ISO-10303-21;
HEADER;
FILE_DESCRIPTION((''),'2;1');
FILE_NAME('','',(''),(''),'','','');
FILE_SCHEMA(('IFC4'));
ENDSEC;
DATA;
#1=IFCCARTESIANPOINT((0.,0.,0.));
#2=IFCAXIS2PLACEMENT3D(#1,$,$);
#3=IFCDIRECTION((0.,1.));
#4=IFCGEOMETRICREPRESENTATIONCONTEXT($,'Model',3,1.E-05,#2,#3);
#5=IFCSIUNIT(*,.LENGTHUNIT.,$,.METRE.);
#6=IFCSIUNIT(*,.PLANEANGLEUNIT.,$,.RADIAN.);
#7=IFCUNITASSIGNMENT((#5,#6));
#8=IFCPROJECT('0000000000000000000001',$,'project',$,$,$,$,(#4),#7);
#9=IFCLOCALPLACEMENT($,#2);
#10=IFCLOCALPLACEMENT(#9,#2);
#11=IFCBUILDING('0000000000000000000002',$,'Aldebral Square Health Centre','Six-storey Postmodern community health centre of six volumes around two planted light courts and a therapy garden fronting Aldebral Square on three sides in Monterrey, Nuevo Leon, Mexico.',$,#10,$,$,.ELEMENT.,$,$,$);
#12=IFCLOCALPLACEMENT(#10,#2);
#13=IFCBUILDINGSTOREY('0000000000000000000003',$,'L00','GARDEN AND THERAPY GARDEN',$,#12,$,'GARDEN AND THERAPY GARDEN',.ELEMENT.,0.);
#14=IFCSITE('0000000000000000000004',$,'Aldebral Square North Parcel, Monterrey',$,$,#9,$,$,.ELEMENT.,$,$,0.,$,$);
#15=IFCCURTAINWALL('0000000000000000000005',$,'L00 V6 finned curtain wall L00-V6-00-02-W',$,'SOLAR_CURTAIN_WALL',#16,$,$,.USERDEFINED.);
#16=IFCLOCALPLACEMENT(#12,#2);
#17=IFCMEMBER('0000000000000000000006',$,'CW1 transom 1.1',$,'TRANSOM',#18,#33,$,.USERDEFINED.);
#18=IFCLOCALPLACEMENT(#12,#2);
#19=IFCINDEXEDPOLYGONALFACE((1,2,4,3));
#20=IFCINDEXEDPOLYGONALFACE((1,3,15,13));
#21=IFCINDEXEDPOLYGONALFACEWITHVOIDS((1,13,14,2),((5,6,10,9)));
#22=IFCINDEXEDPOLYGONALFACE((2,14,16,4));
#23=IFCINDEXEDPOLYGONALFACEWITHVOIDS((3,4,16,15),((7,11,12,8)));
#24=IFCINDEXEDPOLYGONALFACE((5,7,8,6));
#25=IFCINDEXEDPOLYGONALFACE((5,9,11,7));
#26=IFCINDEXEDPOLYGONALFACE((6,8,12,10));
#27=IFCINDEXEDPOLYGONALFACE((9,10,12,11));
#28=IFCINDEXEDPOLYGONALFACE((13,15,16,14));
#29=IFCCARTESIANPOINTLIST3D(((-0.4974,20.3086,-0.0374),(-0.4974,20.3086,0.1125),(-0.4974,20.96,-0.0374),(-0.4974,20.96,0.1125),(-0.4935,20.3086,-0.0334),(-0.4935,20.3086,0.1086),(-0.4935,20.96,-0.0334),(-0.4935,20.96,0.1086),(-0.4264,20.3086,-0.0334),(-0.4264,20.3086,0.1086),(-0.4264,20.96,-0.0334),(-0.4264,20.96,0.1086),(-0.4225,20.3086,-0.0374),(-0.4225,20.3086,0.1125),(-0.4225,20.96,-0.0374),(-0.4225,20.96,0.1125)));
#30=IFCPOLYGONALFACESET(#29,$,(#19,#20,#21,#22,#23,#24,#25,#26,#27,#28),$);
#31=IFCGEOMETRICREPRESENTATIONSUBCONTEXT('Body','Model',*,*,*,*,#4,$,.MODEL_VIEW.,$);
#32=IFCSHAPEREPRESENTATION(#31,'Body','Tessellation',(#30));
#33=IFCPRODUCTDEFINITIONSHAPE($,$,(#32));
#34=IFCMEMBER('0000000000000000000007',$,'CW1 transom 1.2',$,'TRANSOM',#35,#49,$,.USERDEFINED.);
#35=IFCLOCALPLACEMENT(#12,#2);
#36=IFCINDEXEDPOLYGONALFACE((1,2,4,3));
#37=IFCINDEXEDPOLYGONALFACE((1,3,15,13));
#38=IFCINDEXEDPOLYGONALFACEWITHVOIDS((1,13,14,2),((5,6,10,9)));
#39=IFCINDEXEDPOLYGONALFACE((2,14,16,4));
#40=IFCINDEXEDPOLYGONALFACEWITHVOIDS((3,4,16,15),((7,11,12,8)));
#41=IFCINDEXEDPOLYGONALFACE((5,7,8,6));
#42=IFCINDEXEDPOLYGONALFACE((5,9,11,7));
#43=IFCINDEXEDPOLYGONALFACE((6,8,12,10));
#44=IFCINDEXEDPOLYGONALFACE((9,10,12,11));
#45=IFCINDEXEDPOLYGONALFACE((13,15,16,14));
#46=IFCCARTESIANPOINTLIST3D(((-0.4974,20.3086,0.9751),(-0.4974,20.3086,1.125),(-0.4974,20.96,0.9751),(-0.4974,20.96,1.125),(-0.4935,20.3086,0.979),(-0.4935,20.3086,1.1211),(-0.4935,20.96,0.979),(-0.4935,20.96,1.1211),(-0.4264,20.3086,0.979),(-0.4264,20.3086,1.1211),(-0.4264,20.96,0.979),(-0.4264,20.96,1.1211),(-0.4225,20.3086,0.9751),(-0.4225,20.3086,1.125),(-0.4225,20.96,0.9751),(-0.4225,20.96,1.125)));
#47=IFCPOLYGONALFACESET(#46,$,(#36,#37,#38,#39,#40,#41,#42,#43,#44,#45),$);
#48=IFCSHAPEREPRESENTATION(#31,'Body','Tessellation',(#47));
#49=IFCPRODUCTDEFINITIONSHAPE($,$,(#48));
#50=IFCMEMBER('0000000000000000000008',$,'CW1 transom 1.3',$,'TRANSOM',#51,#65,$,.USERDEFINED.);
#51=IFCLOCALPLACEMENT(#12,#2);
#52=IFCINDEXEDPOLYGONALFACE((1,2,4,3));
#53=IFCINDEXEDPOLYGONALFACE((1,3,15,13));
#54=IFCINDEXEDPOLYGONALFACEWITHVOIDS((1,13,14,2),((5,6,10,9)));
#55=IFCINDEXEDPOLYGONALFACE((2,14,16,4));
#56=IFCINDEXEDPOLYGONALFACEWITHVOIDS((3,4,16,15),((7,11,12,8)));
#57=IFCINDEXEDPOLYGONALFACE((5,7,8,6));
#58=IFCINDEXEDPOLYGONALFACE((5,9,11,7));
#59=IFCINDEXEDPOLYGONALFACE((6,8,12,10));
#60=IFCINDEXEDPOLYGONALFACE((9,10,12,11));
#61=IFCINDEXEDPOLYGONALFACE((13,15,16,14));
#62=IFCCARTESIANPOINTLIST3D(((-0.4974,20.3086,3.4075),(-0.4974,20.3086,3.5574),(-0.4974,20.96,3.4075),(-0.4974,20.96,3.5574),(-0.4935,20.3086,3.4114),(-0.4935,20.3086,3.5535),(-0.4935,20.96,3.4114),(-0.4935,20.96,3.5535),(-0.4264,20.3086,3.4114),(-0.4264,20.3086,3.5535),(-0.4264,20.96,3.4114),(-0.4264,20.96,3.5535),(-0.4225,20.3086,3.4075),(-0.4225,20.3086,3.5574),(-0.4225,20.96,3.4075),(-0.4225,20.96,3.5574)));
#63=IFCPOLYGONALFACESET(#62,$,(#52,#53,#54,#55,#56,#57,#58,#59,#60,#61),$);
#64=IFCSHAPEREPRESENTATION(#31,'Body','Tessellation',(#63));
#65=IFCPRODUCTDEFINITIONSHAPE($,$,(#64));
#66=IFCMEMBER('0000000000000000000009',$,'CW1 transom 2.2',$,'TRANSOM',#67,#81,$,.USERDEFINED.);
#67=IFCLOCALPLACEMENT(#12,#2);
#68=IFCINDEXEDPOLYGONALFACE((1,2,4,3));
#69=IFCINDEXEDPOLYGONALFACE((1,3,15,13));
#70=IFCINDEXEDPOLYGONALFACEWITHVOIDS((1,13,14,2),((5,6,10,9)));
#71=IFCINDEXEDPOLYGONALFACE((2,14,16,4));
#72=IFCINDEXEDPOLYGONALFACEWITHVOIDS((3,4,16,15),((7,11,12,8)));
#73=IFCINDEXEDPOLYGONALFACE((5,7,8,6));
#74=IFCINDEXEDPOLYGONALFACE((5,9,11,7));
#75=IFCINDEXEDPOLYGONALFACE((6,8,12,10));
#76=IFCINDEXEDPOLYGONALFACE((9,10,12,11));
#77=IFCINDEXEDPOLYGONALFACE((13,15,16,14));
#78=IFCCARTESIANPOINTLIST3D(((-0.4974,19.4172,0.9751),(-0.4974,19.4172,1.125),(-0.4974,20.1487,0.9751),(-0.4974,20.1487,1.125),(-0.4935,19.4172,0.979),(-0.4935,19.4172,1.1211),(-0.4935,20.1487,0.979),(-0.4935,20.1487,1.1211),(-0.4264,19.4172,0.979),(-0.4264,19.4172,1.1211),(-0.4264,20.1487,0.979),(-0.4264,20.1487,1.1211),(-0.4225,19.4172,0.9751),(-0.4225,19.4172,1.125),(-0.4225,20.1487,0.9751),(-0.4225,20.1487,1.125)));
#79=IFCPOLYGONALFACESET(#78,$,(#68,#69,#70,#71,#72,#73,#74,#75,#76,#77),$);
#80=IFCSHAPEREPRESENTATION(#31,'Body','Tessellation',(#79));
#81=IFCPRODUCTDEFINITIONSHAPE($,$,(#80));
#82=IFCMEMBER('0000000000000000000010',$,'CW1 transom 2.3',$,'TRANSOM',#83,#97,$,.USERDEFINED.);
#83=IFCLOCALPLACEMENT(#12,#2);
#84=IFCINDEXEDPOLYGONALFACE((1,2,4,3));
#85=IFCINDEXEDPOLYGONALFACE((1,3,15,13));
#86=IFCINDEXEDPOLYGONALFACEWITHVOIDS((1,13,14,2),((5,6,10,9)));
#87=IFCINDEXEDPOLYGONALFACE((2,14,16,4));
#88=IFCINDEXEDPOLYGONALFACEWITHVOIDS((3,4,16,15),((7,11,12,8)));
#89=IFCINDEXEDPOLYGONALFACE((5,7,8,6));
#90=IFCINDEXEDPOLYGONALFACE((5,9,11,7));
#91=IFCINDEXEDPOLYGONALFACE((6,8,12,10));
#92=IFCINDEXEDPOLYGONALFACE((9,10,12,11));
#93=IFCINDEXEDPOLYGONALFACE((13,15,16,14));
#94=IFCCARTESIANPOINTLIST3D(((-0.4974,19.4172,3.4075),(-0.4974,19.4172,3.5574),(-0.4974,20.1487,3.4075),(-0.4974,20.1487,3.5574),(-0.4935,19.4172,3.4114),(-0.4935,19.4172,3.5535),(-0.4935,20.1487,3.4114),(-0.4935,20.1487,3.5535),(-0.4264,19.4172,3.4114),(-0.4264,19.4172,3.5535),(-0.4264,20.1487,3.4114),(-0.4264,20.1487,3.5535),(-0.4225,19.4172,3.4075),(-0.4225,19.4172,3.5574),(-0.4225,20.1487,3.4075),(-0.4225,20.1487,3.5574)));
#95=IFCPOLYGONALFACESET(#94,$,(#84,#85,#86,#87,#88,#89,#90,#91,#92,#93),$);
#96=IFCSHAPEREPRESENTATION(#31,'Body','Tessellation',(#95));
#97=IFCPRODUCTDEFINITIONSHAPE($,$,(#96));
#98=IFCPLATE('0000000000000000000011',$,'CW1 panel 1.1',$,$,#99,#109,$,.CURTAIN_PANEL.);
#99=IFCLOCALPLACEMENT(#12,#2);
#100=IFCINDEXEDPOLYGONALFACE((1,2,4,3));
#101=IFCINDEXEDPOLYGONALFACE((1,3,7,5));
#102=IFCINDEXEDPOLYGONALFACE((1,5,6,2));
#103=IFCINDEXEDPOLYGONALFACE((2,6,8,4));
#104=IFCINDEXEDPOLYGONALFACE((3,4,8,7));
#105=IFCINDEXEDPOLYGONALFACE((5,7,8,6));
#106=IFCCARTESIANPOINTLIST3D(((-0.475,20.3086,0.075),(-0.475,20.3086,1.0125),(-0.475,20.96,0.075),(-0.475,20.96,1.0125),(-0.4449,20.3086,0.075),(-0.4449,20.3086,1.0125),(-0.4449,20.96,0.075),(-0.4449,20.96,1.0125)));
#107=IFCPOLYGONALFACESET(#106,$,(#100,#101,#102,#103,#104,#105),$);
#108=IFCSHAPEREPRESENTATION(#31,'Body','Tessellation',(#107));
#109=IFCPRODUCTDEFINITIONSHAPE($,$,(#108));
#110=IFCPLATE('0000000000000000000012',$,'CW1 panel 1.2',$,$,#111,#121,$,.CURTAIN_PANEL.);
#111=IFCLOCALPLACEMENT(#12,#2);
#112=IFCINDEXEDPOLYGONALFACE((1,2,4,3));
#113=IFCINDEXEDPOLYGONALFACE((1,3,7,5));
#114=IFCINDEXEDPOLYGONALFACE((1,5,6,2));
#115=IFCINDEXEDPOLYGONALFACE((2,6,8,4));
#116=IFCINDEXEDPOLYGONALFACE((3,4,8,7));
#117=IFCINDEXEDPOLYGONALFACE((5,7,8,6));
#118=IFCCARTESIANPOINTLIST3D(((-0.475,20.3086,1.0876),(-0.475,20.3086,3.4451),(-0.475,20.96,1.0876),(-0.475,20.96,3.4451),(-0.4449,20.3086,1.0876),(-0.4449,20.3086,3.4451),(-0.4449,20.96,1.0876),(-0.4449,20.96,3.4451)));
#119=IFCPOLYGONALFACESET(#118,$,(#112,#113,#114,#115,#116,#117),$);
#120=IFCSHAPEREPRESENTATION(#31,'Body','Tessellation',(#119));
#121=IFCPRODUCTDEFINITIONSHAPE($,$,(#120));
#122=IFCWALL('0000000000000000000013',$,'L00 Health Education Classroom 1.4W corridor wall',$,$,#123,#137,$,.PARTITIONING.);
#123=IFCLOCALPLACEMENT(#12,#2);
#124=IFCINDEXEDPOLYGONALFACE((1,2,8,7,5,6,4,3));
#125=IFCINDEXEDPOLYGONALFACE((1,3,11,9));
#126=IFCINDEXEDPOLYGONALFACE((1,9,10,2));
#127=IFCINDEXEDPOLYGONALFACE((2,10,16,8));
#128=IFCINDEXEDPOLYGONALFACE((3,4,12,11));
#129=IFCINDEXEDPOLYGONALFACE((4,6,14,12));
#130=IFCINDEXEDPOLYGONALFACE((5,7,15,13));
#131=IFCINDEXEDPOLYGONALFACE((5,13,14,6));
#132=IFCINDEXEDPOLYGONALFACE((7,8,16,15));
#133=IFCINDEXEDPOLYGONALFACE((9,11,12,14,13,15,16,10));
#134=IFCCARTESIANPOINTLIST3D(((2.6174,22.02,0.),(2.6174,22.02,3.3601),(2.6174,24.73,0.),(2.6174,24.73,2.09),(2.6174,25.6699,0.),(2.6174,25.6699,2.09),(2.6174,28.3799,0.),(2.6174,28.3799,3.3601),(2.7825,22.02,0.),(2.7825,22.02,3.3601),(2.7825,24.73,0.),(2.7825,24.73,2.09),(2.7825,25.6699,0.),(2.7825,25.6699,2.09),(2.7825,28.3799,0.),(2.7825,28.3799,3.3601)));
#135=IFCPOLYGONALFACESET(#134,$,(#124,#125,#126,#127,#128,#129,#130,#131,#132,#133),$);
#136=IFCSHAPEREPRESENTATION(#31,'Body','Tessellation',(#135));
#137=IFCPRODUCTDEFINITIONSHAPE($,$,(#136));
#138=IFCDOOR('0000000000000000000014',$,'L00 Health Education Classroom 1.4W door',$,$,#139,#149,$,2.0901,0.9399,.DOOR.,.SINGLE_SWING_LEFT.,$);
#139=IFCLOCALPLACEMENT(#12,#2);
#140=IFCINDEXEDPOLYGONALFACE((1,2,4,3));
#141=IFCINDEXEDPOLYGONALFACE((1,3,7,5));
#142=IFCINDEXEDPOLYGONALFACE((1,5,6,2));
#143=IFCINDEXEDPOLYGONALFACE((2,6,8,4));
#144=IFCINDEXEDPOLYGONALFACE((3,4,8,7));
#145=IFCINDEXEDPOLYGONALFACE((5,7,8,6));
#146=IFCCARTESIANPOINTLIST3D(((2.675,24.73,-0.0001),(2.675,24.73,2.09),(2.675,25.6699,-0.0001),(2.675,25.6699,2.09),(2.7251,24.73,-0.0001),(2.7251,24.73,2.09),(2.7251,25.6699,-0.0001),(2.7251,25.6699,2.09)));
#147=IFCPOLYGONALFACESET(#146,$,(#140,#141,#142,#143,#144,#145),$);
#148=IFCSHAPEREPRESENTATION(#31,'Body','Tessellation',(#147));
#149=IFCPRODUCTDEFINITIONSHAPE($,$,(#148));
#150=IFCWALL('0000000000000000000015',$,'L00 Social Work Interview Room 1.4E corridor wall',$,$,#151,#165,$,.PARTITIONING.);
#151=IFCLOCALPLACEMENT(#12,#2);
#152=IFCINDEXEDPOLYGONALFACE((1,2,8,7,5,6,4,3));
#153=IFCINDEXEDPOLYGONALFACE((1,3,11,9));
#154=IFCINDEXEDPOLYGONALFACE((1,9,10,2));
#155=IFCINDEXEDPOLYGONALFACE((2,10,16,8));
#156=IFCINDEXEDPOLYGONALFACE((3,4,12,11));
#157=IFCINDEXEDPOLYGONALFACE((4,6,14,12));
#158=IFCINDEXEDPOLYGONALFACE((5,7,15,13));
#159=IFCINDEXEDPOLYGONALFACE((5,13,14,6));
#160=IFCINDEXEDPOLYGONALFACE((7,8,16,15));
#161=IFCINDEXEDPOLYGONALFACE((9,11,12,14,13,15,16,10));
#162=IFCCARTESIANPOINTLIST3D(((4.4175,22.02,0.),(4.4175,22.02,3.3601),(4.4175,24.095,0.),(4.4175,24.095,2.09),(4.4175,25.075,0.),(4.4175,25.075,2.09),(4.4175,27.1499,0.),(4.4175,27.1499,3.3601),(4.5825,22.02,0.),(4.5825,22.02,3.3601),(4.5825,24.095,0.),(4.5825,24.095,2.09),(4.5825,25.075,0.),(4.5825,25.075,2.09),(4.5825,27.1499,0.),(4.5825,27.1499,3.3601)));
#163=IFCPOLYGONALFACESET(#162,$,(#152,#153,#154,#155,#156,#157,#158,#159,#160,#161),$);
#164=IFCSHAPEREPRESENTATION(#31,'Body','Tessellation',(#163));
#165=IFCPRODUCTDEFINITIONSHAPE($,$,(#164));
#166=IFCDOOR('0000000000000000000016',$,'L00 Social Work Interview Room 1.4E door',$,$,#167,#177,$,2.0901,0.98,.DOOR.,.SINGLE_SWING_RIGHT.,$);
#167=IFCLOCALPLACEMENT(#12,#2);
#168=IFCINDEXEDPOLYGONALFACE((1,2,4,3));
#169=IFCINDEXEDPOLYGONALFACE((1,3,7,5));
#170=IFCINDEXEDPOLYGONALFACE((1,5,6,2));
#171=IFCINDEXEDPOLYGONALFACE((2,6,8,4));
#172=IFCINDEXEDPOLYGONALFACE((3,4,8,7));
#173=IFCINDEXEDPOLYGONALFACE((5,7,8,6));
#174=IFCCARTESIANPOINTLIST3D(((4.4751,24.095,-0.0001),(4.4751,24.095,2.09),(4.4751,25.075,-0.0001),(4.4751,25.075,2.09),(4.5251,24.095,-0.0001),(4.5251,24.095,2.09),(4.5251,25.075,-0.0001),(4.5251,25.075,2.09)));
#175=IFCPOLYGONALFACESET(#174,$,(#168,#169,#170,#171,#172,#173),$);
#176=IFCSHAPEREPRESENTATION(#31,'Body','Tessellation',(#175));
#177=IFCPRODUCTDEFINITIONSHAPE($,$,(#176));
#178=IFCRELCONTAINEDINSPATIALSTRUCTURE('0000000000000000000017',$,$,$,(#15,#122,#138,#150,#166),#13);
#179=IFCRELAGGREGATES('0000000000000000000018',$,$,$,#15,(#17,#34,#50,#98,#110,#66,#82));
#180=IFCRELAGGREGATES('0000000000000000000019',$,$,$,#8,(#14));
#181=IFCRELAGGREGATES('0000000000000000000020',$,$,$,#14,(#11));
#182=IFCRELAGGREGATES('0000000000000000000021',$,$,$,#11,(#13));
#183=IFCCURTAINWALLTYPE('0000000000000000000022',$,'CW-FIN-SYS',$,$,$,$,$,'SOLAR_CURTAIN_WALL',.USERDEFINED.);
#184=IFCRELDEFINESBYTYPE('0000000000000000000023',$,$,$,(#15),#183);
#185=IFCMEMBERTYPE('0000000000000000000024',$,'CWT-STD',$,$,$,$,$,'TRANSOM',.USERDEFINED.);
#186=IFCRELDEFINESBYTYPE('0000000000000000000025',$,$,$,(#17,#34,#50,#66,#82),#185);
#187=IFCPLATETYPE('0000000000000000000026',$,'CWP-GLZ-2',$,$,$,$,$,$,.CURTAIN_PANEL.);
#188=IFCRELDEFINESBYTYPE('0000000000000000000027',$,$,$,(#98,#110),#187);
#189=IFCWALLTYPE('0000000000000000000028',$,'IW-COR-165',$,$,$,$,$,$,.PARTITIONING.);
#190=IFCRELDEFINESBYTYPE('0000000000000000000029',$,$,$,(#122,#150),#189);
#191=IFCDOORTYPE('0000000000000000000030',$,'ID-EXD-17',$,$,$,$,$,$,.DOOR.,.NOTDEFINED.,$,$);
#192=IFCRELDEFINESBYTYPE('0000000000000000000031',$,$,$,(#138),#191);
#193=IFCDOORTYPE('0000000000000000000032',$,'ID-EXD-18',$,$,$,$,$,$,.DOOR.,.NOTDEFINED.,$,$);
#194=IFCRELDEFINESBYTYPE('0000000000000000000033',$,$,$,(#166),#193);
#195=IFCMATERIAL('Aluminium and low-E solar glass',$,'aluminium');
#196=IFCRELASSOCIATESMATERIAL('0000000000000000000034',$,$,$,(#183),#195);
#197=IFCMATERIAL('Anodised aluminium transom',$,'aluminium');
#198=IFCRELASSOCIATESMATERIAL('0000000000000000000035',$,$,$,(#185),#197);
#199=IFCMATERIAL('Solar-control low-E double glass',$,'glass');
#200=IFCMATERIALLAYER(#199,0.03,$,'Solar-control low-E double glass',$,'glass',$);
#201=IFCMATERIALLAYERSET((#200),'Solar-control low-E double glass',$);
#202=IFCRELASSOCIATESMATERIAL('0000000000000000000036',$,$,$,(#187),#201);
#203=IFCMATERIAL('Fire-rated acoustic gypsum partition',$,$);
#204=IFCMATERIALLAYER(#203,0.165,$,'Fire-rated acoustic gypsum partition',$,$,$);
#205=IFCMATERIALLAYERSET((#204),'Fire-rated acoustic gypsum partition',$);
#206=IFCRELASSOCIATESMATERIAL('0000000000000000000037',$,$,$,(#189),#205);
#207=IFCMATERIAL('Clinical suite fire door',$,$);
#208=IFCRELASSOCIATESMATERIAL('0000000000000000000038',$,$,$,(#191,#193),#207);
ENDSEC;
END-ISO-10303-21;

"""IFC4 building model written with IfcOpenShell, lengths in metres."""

from ifc_helpers import new_model, si_unit, direction, frame, frame_2d, origin, origin_2d, place, context, subcontext, project, spatial, rectangle, hollow_rectangle, extrude, material, layer, layer_set, material_profile, profile_set, type_object, element, fill, aggregate, save


model = new_model("IFC4")

# Units and contexts
model_context = context("Model", 3, precision=1e-05, world=origin(), true_north=direction((0.0, 1.0)))
body_context = subcontext(model_context, "Body", "Model", "MODEL_VIEW")
ifc_project = project(units=[si_unit("LENGTHUNIT", "METRE"), si_unit("PLANEANGLEUNIT", "RADIAN")], contexts=[model_context])

# Site, building, storey
site_placement = place(None, origin())
site = spatial("IfcSite", under=ifc_project, at=site_placement, Name="Aldebral Square North Parcel, Monterrey", CompositionType="ELEMENT", RefElevation=0.0)
building_placement = place(site_placement, origin())
building = spatial("IfcBuilding", under=site, at=building_placement, Name="Aldebral Square Health Centre", Description="Six-storey Postmodern community health centre of six volumes around two planted light courts and a therapy garden fronting Aldebral Square on three sides in Monterrey, Nuevo Leon, Mexico.", CompositionType="ELEMENT")
storey_placement = place(building_placement, origin())
storey = spatial("IfcBuildingStorey", under=building, at=storey_placement, Name="L00", Description="GARDEN AND THERAPY GARDEN", LongName="GARDEN AND THERAPY GARDEN", CompositionType="ELEMENT", Elevation=0.0)

# Curtain wall, members, plates
ifc_material_1 = material(Name="Aluminium and low-E solar glass", Category="aluminium")
curtain_wall_type = type_object("IfcCurtainWallType", Name="CW-FIN-SYS", ElementType="SOLAR_CURTAIN_WALL", PredefinedType="USERDEFINED", material=ifc_material_1)
curtain_wall_placement = place(storey_placement, origin())
curtain_wall = element("IfcCurtainWall", 1, at=curtain_wall_placement, inside=storey, type_object=curtain_wall_type, Name="L00 V6 finned curtain wall L00-V6-00-02-W", ObjectType="SOLAR_CURTAIN_WALL", PredefinedType="USERDEFINED")
ifc_material_2 = material(Name="Anodised aluminium transom", Category="aluminium")
ifc_material_profile_1 = material_profile(ifc_material_2, hollow_rectangle(XDim=0.075, YDim=0.1499, WallThickness=0.0039, at=origin_2d()), Name="CWT 75x150x4")
ifc_profile_set_1 = profile_set([ifc_material_profile_1], Name="Anodised aluminium transom")
member_type_1 = type_object("IfcMemberType", Name="CWT-STD", ElementType="TRANSOM", PredefinedType="USERDEFINED", material=ifc_profile_set_1)
member_1_placement = place(storey_placement, frame((-0.46, 20.96, 0.0376), z_axis=(0.0, -1.0, 0.0), x_axis=(1.0, 0.0, 0.0)))
member_1 = element("IfcMember", 2, at=member_1_placement, type_object=member_type_1, Name="CW1 transom 1.1", ObjectType="TRANSOM", PredefinedType="USERDEFINED", context=body_context, shape_type="SweptSolid", body=[
    extrude(hollow_rectangle(XDim=0.075, YDim=0.1499, WallThickness=0.0039, at=origin_2d()), origin(), (0.0, 0.0, 1.0), 0.6514),
])
member_2_placement = place(storey_placement, frame((-0.46, 20.96, 1.05), z_axis=(0.0, -1.0, 0.0), x_axis=(1.0, 0.0, 0.0)))
member_2 = element("IfcMember", 3, at=member_2_placement, type_object=member_type_1, Name="CW1 transom 1.2", ObjectType="TRANSOM", PredefinedType="USERDEFINED", context=body_context, shape_type="SweptSolid", body=[
    extrude(hollow_rectangle(XDim=0.075, YDim=0.1499, WallThickness=0.0039, at=origin_2d()), origin(), (0.0, 0.0, 1.0), 0.6514),
])
member_3_placement = place(storey_placement, frame((-0.46, 20.96, 3.4824), z_axis=(0.0, -1.0, 0.0), x_axis=(1.0, 0.0, 0.0)))
member_3 = element("IfcMember", 4, at=member_3_placement, type_object=member_type_1, Name="CW1 transom 1.3", ObjectType="TRANSOM", PredefinedType="USERDEFINED", context=body_context, shape_type="SweptSolid", body=[
    extrude(hollow_rectangle(XDim=0.075, YDim=0.1499, WallThickness=0.0039, at=origin_2d()), origin(), (0.0, 0.0, 1.0), 0.6514),
])
member_4_placement = place(storey_placement, frame((-0.46, 20.1487, 1.05), z_axis=(0.0, -1.0, 0.0), x_axis=(1.0, 0.0, 0.0)))
member_4 = element("IfcMember", 5, at=member_4_placement, type_object=member_type_1, Name="CW1 transom 2.2", ObjectType="TRANSOM", PredefinedType="USERDEFINED", context=body_context, shape_type="SweptSolid", body=[
    extrude(hollow_rectangle(XDim=0.075, YDim=0.1499, WallThickness=0.0039, at=origin_2d()), origin(), (0.0, 0.0, 1.0), 0.7314),
])
member_5_placement = place(storey_placement, frame((-0.46, 20.1487, 3.4824), z_axis=(0.0, -1.0, 0.0), x_axis=(1.0, 0.0, 0.0)))
member_5 = element("IfcMember", 6, at=member_5_placement, type_object=member_type_1, Name="CW1 transom 2.3", ObjectType="TRANSOM", PredefinedType="USERDEFINED", context=body_context, shape_type="SweptSolid", body=[
    extrude(hollow_rectangle(XDim=0.075, YDim=0.1499, WallThickness=0.0039, at=origin_2d()), origin(), (0.0, 0.0, 1.0), 0.7314),
])
ifc_material_3 = material(Name="Solar-control low-E double glass", Category="glass")
ifc_layer_1 = layer(ifc_material_3, 0.03, Name="Solar-control low-E double glass", Category="glass")
ifc_layer_set_1 = layer_set([ifc_layer_1], Name="Solar-control low-E double glass")
plate_type = type_object("IfcPlateType", Name="CWP-GLZ-2", PredefinedType="CURTAIN_PANEL", material=ifc_layer_set_1)
plate_1_placement = place(storey_placement, frame((-0.46, 20.6343, 0.075), z_axis=(0.0, 0.0, 1.0), x_axis=(0.0, -1.0, 0.0)))
plate_1 = element("IfcPlate", 7, at=plate_1_placement, type_object=plate_type, Name="CW1 panel 1.1", PredefinedType="CURTAIN_PANEL", context=body_context, shape_type="SweptSolid", body=[
    extrude(rectangle(XDim=0.6514, YDim=0.03, at=origin_2d()), origin(), (0.0, 0.0, 1.0), 0.9375),
])
plate_2_placement = place(storey_placement, frame((-0.46, 20.6343, 1.0876), z_axis=(0.0, 0.0, 1.0), x_axis=(0.0, -1.0, 0.0)))
plate_2 = element("IfcPlate", 8, at=plate_2_placement, type_object=plate_type, Name="CW1 panel 1.2", PredefinedType="CURTAIN_PANEL", context=body_context, shape_type="SweptSolid", body=[
    extrude(rectangle(XDim=0.6514, YDim=0.03, at=origin_2d()), origin(), (0.0, 0.0, 1.0), 2.3574),
])
aggregate(curtain_wall, [member_1, member_2, member_3, plate_1, plate_2, member_4, member_5])

# Walls, openings, doors
ifc_material_4 = material(Name="Fire-rated acoustic gypsum partition")
ifc_layer_2 = layer(ifc_material_4, 0.165, Name="Fire-rated acoustic gypsum partition")
ifc_layer_set_2 = layer_set([ifc_layer_2], Name="Fire-rated acoustic gypsum partition")
wall_type_1 = type_object("IfcWallType", Name="IW-COR-165", PredefinedType="PARTITIONING", material=ifc_layer_set_2)
wall_1_placement = place(storey_placement, frame((2.7, 22.02, 0.0), z_axis=(0.0, 0.0, 1.0), x_axis=(0.0, 1.0, 0.0)))
wall_1 = element("IfcWall", 9, at=wall_1_placement, inside=storey, type_object=wall_type_1, Name="L00 Health Education Classroom 1.4W corridor wall", PredefinedType="PARTITIONING", context=body_context, shape_type="SweptSolid", body=[
    extrude(rectangle(XDim=6.3599, YDim=0.165, at=frame_2d((3.1799, 0.0))), origin(), (0.0, 0.0, 1.0), 3.3601),
])
opening_1_placement = place(wall_1_placement, frame((2.71, 0.0, 0.0)))
opening_1 = element("IfcOpeningElement", 10, at=opening_1_placement, cuts=wall_1, PredefinedType="OPENING", context=body_context, shape_type="SweptSolid", body=[
    extrude(rectangle(XDim=0.9399, YDim=2.0901, at=frame_2d((0.47, 1.0449))), frame((0.0, 0.0925, 0.0), z_axis=(0.0, -1.0, 0.0), x_axis=(1.0, 0.0, 0.0)), (0.0, 0.0, 1.0), 0.1851),
])
ifc_material_5 = material(Name="Clinical suite fire door")
door_type_1 = type_object("IfcDoorType", Name="ID-EXD-17", OperationType="NOTDEFINED", PredefinedType="DOOR", material=ifc_material_5)
door_1_placement = place(opening_1_placement, origin())
door_1 = element("IfcDoor", 11, at=door_1_placement, inside=storey, type_object=door_type_1, Name="L00 Health Education Classroom 1.4W door", OperationType="SINGLE_SWING_LEFT", OverallHeight=2.0901, OverallWidth=0.9399, PredefinedType="DOOR", context=body_context, shape_type="SweptSolid", body=[
    extrude(rectangle(XDim=0.9399, YDim=2.0901, at=frame_2d((0.47, 1.0449))), frame((0.0, 0.0249, 0.0), z_axis=(0.0, -1.0, 0.0), x_axis=(1.0, 0.0, 0.0)), (0.0, 0.0, 1.0), 0.05),
])
fill(opening_1, door_1)
wall_2_placement = place(storey_placement, frame((4.5, 22.02, 0.0), z_axis=(0.0, 0.0, 1.0), x_axis=(0.0, 1.0, 0.0)))
wall_2 = element("IfcWall", 12, at=wall_2_placement, inside=storey, type_object=wall_type_1, Name="L00 Social Work Interview Room 1.4E corridor wall", PredefinedType="PARTITIONING", context=body_context, shape_type="SweptSolid", body=[
    extrude(rectangle(XDim=5.1299, YDim=0.165, at=frame_2d((2.5649, 0.0))), origin(), (0.0, 0.0, 1.0), 3.3601),
])
opening_2_placement = place(wall_2_placement, frame((2.075, 0.0, 0.0)))
opening_2 = element("IfcOpeningElement", 13, at=opening_2_placement, cuts=wall_2, PredefinedType="OPENING", context=body_context, shape_type="SweptSolid", body=[
    extrude(rectangle(XDim=0.98, YDim=2.0901, at=frame_2d((0.49, 1.0449))), frame((0.0, 0.0925, 0.0), z_axis=(0.0, -1.0, 0.0), x_axis=(1.0, 0.0, 0.0)), (0.0, 0.0, 1.0), 0.1851),
])
door_type_2 = type_object("IfcDoorType", Name="ID-EXD-18", OperationType="NOTDEFINED", PredefinedType="DOOR", material=ifc_material_5)
door_2_placement = place(opening_2_placement, origin())
door_2 = element("IfcDoor", 14, at=door_2_placement, inside=storey, type_object=door_type_2, Name="L00 Social Work Interview Room 1.4E door", OperationType="SINGLE_SWING_RIGHT", OverallHeight=2.0901, OverallWidth=0.98, PredefinedType="DOOR", context=body_context, shape_type="SweptSolid", body=[
    extrude(rectangle(XDim=0.98, YDim=2.0901, at=frame_2d((0.49, 1.0449))), frame((0.0, 0.0249, 0.0), z_axis=(0.0, -1.0, 0.0), x_axis=(1.0, 0.0, 0.0)), (0.0, 0.0, 1.0), 0.05),
])
fill(opening_2, door_2)

save(model, "model.ifc")
